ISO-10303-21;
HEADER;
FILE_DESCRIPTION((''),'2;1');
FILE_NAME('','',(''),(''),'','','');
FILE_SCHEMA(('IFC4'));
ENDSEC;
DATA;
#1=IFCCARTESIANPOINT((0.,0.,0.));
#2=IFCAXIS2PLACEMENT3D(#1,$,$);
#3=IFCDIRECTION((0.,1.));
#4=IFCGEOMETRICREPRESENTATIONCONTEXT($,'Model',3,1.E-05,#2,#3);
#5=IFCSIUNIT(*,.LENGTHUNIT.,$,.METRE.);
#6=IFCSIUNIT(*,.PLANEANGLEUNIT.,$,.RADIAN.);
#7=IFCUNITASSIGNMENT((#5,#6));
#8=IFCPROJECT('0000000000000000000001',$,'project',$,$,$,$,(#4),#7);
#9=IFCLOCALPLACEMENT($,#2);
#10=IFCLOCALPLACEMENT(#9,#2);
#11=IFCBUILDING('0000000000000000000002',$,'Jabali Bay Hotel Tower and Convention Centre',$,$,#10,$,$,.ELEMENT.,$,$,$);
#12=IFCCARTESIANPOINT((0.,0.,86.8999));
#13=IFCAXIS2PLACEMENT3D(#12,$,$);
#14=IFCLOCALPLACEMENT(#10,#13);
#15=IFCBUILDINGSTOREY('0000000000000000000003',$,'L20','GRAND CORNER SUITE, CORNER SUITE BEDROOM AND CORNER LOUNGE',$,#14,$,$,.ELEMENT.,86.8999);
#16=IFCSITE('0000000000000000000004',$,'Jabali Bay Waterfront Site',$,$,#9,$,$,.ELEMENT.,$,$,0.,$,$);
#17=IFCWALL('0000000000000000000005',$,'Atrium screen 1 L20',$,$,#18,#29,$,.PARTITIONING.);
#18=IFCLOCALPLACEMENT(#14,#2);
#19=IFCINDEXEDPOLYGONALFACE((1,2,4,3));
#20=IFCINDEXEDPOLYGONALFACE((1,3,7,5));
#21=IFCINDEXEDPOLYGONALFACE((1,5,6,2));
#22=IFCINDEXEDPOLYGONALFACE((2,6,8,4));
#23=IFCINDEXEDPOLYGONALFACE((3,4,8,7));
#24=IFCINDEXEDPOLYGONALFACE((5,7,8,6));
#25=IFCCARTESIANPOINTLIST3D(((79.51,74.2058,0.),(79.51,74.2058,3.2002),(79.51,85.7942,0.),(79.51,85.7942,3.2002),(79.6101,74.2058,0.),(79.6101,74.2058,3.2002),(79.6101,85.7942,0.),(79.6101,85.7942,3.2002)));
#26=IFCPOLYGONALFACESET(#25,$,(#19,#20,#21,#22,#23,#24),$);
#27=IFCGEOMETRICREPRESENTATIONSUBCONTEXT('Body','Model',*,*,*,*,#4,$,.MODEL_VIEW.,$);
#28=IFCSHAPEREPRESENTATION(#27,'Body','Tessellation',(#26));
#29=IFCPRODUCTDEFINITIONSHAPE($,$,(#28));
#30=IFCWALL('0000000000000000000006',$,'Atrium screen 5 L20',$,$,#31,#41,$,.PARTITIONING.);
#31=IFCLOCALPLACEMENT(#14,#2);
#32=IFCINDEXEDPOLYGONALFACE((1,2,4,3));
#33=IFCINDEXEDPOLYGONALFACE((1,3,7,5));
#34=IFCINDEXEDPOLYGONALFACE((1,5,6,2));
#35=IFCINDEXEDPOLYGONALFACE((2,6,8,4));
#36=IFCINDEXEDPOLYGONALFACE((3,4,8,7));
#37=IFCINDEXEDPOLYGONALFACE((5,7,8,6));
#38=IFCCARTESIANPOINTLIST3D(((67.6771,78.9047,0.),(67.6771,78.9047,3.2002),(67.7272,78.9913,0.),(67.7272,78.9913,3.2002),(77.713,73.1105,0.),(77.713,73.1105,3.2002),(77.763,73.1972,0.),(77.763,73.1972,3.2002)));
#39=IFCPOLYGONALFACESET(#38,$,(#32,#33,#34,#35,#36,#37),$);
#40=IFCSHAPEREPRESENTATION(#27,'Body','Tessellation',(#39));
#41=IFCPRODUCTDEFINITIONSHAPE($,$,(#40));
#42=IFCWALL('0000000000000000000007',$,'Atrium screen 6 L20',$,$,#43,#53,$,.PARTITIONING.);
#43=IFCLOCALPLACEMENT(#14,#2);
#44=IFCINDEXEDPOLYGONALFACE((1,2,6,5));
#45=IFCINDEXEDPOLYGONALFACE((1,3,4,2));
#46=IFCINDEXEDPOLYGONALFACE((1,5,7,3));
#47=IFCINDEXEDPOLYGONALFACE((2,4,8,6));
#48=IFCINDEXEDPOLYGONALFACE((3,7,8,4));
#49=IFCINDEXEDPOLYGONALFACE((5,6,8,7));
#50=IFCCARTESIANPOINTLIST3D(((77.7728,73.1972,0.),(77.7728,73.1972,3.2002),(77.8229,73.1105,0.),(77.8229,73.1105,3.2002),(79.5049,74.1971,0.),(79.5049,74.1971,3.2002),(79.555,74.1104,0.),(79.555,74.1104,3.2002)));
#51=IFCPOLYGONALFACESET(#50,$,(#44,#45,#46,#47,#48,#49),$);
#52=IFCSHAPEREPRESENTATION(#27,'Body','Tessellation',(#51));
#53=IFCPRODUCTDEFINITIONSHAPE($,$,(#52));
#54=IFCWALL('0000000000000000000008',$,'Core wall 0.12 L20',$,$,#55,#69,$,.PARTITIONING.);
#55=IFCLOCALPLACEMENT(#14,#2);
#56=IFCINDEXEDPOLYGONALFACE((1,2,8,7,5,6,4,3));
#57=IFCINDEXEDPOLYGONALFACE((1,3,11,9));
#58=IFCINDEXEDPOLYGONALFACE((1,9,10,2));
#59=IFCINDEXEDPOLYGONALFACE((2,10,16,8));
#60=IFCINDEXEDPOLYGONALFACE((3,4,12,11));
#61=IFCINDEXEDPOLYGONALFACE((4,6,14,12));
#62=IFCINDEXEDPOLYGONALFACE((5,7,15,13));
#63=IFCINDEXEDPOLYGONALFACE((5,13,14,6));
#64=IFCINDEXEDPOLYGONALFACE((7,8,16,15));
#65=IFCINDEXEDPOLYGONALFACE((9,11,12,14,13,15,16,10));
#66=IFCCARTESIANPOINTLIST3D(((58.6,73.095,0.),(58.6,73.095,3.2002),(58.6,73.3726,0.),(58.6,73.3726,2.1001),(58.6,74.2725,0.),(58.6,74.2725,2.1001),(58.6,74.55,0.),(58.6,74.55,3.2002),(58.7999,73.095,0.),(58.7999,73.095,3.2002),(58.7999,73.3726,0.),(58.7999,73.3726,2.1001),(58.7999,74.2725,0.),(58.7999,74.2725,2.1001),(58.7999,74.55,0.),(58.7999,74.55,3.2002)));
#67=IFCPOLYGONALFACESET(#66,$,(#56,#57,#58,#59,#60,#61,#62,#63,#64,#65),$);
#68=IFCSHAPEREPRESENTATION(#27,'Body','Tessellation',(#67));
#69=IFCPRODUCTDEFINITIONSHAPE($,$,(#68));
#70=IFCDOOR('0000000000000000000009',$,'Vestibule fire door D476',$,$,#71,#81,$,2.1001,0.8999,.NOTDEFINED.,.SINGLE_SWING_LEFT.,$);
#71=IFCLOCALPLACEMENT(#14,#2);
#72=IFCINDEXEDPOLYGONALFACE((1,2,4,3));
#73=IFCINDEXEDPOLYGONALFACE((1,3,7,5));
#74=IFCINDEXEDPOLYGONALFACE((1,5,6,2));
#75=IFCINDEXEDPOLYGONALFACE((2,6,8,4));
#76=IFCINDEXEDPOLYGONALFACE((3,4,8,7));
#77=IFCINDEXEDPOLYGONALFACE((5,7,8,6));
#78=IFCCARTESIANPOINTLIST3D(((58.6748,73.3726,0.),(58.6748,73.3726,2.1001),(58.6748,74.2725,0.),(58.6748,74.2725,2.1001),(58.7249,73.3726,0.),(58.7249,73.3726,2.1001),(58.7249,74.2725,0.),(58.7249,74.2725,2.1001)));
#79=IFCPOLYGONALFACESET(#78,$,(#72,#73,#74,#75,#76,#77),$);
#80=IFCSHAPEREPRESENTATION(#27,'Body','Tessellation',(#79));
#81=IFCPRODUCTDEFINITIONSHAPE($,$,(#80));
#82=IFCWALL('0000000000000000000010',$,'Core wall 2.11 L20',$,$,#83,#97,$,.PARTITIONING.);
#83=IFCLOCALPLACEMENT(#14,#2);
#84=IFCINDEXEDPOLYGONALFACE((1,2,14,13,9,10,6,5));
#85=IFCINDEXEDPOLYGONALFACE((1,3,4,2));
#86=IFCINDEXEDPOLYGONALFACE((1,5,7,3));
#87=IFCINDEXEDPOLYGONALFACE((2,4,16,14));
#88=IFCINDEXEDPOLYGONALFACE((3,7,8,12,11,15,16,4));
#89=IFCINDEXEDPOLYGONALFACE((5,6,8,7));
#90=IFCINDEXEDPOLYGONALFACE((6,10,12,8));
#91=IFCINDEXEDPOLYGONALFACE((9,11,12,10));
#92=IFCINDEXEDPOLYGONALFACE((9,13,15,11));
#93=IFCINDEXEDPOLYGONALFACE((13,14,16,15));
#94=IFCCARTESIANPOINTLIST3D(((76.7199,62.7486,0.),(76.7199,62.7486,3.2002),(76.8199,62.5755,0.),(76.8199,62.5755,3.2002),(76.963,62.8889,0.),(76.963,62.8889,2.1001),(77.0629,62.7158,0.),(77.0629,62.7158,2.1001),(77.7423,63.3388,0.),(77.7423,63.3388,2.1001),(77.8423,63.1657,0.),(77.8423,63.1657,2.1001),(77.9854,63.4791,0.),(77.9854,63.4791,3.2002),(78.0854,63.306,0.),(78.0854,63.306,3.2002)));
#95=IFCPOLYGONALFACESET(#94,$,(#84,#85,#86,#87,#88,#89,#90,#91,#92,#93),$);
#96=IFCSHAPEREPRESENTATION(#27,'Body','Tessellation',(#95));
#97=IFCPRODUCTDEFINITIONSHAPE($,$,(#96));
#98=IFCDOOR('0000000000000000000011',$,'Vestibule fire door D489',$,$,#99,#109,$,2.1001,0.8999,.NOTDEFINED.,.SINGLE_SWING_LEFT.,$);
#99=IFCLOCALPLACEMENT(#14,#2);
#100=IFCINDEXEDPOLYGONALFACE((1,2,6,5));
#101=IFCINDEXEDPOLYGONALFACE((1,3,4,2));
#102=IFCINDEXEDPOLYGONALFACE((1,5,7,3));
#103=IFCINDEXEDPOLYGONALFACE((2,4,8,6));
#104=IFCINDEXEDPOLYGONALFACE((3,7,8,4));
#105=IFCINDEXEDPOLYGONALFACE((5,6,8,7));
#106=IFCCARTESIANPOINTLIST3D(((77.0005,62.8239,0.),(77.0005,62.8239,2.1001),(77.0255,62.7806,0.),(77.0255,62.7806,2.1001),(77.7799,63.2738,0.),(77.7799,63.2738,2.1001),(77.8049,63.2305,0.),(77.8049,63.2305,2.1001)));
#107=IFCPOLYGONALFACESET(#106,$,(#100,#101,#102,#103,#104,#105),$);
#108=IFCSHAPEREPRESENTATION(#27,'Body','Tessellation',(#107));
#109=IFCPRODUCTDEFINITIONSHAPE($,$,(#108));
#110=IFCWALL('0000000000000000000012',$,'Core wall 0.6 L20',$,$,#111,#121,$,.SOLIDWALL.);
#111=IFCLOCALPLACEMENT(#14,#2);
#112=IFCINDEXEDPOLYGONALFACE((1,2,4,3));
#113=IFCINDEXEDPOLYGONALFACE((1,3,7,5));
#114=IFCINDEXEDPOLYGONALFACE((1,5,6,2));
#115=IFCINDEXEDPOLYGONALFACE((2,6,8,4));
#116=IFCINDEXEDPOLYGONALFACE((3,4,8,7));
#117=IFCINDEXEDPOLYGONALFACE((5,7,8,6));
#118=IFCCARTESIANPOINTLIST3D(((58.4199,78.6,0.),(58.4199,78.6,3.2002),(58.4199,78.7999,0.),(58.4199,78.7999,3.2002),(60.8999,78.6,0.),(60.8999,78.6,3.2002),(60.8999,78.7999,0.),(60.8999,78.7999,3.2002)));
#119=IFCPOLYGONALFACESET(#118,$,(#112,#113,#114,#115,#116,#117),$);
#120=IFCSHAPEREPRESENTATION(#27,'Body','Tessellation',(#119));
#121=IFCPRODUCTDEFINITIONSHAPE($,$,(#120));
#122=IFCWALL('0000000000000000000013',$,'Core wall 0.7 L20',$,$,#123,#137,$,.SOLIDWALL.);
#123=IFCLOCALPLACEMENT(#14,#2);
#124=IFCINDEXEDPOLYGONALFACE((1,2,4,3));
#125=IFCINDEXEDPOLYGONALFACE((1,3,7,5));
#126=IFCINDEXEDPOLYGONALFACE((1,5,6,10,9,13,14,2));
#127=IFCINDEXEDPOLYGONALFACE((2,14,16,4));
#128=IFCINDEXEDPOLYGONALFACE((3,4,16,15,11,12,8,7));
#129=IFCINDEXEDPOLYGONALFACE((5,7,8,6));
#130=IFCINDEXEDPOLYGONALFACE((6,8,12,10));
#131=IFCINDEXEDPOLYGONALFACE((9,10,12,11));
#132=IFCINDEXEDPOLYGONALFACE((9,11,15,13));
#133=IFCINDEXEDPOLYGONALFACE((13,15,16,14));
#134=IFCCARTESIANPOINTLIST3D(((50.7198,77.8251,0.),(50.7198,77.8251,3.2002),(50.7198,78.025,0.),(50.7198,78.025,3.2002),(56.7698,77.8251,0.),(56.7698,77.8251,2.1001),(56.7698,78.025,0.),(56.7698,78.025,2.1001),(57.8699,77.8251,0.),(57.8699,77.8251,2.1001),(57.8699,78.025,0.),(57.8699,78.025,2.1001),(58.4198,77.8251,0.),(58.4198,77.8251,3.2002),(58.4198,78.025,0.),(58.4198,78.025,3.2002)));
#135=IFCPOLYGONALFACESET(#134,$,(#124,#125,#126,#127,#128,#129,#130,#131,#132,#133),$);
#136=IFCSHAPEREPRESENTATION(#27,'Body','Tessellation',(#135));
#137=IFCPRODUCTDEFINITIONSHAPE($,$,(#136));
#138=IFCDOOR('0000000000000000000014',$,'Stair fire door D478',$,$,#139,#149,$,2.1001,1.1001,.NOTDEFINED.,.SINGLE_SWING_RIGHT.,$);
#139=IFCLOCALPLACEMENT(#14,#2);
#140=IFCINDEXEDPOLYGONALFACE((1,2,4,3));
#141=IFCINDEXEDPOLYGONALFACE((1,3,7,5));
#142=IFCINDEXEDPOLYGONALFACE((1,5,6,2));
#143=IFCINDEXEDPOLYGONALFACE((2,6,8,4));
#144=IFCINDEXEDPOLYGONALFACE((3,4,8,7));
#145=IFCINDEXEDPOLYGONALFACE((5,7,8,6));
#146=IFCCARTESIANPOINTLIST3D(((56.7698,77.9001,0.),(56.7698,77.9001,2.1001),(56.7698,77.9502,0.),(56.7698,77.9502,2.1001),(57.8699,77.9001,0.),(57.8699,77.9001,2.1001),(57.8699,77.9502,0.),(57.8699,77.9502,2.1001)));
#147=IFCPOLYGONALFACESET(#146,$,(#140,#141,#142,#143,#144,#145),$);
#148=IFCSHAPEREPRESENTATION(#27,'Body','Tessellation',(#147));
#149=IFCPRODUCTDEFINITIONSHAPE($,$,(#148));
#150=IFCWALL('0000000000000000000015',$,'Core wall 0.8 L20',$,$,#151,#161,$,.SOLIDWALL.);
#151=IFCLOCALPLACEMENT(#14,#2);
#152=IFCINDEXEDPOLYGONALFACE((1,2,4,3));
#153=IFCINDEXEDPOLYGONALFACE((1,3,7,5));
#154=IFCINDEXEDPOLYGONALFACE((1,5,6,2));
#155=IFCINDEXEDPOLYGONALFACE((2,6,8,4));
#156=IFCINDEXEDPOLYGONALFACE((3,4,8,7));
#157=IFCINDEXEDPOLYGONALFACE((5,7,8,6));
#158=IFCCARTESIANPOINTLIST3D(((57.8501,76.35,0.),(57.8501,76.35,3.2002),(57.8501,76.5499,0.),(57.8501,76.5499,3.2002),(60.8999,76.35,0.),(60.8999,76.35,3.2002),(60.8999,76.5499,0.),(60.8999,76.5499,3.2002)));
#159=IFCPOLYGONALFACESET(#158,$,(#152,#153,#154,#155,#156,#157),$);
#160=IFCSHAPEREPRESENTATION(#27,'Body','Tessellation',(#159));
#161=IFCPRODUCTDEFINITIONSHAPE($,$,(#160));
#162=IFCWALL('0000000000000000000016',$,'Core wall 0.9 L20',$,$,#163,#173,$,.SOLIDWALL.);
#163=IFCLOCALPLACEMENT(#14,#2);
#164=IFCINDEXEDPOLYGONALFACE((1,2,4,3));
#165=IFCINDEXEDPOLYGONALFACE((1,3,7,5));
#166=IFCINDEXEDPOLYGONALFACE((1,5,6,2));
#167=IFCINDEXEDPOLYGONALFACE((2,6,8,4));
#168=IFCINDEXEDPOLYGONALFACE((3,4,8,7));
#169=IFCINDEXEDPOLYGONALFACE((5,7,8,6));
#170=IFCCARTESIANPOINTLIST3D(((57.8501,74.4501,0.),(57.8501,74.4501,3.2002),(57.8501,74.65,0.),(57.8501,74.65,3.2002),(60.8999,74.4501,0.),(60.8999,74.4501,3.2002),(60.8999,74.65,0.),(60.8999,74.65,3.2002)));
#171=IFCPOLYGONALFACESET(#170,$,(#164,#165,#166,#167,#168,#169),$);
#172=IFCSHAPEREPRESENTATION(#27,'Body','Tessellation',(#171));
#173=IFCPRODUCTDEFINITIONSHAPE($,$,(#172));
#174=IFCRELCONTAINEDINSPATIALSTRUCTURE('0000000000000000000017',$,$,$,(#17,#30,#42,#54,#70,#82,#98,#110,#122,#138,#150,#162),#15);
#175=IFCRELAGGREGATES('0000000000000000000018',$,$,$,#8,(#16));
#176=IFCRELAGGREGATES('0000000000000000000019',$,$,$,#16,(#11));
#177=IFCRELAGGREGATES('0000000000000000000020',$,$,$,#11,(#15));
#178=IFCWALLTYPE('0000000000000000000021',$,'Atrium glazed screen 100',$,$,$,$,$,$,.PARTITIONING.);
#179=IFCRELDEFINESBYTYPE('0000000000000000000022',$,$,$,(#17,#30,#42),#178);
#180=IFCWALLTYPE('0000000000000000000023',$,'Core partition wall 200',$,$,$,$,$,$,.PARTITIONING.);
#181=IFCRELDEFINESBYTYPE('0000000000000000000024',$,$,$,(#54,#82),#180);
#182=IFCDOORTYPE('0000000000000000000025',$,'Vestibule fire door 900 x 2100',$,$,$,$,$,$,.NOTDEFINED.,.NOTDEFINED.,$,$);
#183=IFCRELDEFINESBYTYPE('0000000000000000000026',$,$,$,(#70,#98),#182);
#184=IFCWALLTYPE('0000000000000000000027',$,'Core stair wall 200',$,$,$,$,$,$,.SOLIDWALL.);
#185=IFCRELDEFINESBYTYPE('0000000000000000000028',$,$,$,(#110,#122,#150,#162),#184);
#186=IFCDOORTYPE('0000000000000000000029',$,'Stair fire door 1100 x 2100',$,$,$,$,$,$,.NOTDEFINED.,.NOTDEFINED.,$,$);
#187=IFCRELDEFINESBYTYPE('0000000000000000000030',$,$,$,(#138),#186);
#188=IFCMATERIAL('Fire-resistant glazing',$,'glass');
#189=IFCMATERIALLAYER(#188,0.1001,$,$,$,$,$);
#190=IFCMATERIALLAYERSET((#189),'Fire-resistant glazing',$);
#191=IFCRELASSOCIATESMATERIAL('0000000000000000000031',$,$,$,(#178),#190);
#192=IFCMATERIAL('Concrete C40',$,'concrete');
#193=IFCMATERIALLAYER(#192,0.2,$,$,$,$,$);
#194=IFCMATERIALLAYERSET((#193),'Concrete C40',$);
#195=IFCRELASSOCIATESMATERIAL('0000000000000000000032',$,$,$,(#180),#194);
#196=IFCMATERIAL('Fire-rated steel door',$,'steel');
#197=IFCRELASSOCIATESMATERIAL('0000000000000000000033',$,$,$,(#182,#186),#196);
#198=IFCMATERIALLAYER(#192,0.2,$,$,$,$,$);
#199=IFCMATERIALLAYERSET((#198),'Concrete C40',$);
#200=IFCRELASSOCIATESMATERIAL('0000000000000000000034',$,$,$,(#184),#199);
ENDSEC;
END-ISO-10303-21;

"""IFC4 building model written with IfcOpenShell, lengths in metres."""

from ifc_helpers import new_model, si_unit, direction, frame, frame_2d, origin, place, context, subcontext, project, spatial, rectangle, extrude, material, layer, layer_set, type_object, element, fill, save


model = new_model("IFC4")

# Units and contexts
model_context = context("Model", 3, precision=1e-05, world=origin(), true_north=direction((0.0, 1.0)))
body_context = subcontext(model_context, "Body", "Model", "MODEL_VIEW")
ifc_project = project(units=[si_unit("LENGTHUNIT", "METRE"), si_unit("PLANEANGLEUNIT", "RADIAN")], contexts=[model_context])

# Site, building, storey
site_placement = place(None, origin())
site = spatial("IfcSite", under=ifc_project, at=site_placement, Name="Jabali Bay Waterfront Site", CompositionType="ELEMENT", RefElevation=0.0)
building_placement = place(site_placement, origin())
building = spatial("IfcBuilding", under=site, at=building_placement, Name="Jabali Bay Hotel Tower and Convention Centre", CompositionType="ELEMENT")
storey_placement = place(building_placement, frame((0.0, 0.0, 86.8999)))
storey = spatial("IfcBuildingStorey", under=building, at=storey_placement, Name="L20", Description="GRAND CORNER SUITE, CORNER SUITE BEDROOM AND CORNER LOUNGE", CompositionType="ELEMENT", Elevation=86.8999)

# Walls
ifc_material_1 = material(Name="Fire-resistant glazing", Category="glass")
ifc_layer_1 = layer(ifc_material_1, 0.1001)
ifc_layer_set_1 = layer_set([ifc_layer_1], Name="Fire-resistant glazing")
wall_type_1 = type_object("IfcWallType", Name="Atrium glazed screen 100", PredefinedType="PARTITIONING", material=ifc_layer_set_1)
for number, where, z_axis, x_axis, name in (
    (1, (79.5601, 74.2058, 0.0), (0.0, 0.0, 1.0), (0.0, 1.0, 0.0), "Atrium screen 1 L20"),
    (2, (67.7021, 78.948, 0.0), (0.0, 0.0, 1.0), (0.866027, -0.499998, 0.0), "Atrium screen 5 L20"),
):
    element("IfcWall", number, at=place(storey_placement, frame(where, z_axis=z_axis, x_axis=x_axis)), inside=storey, type_object=wall_type_1, Name=name, PredefinedType="PARTITIONING", context=body_context, shape_type="SweptSolid", body=[
        extrude(rectangle(XDim=11.5884, YDim=0.1001, at=frame_2d((5.7942, 0.0))), origin(), (0.0, 0.0, 1.0), 3.2002),
    ])
wall_1_placement = place(storey_placement, frame((77.7979, 73.1538, 0.0), z_axis=(0.0, 0.0, 1.0), x_axis=(0.866041, 0.499973, 0.0)))
element("IfcWall", 3, at=wall_1_placement, inside=storey, type_object=wall_type_1, Name="Atrium screen 6 L20", PredefinedType="PARTITIONING", context=body_context, shape_type="SweptSolid", body=[
    extrude(rectangle(XDim=2.0, YDim=0.1001, at=frame_2d((1.0, 0.0))), origin(), (0.0, 0.0, 1.0), 3.2002),
])

# Walls, openings, doors
ifc_material_2 = material(Name="Concrete C40", Category="concrete")
ifc_layer_2 = layer(ifc_material_2, 0.2)
ifc_layer_set_2 = layer_set([ifc_layer_2], Name="Concrete C40")
wall_type_2 = type_object("IfcWallType", Name="Core partition wall 200", PredefinedType="PARTITIONING", material=ifc_layer_set_2)
wall_2_placement = place(storey_placement, frame((58.7, 74.55, 0.0), z_axis=(0.0, 0.0, 1.0), x_axis=(0.0, -1.0, 0.0)))
wall_2 = element("IfcWall", 4, at=wall_2_placement, inside=storey, type_object=wall_type_2, Name="Core wall 0.12 L20", PredefinedType="PARTITIONING", context=body_context, shape_type="SweptSolid", body=[
    extrude(rectangle(XDim=1.4551, YDim=0.2, at=frame_2d((0.7275, 0.0))), origin(), (0.0, 0.0, 1.0), 3.2002),
])
opening_1_placement = place(wall_2_placement, frame((0.2776, 0.0, 0.0)))
opening_1 = element("IfcOpeningElement", 5, at=opening_1_placement, cuts=wall_2, PredefinedType="OPENING", context=body_context, shape_type="SweptSolid", body=[
    extrude(rectangle(XDim=0.8999, YDim=2.1001, at=frame_2d((0.45, 1.05))), frame((0.0, 0.1104, 0.0), z_axis=(0.0, -1.0, 0.0), x_axis=(1.0, 0.0, 0.0)), (0.0, 0.0, 1.0), 0.2209),
])
ifc_material_3 = material(Name="Fire-rated steel door", Category="steel")
door_type_1 = type_object("IfcDoorType", Name="Vestibule fire door 900 x 2100", OperationType="NOTDEFINED", PredefinedType="NOTDEFINED", material=ifc_material_3)
door_1_placement = place(opening_1_placement, origin())
door_1 = element("IfcDoor", 6, at=door_1_placement, inside=storey, type_object=door_type_1, Name="Vestibule fire door D476", OperationType="SINGLE_SWING_LEFT", OverallHeight=2.1001, OverallWidth=0.8999, PredefinedType="NOTDEFINED", context=body_context, shape_type="SweptSolid", body=[
    extrude(rectangle(XDim=0.8999, YDim=2.1001, at=frame_2d((0.45, 1.05))), frame((0.0, 0.0249, 0.0), z_axis=(0.0, -1.0, 0.0), x_axis=(1.0, 0.0, 0.0)), (0.0, 0.0, 1.0), 0.05),
])
fill(opening_1, door_1)
wall_3_placement = place(storey_placement, frame((76.77, 62.6621, 0.0), z_axis=(0.0, 0.0, 1.0), x_axis=(0.866055, 0.499949, 0.0)))
wall_3 = element("IfcWall", 7, at=wall_3_placement, inside=storey, type_object=wall_type_2, Name="Core wall 2.11 L20", PredefinedType="PARTITIONING", context=body_context, shape_type="SweptSolid", body=[
    extrude(rectangle(XDim=1.4612, YDim=0.2, at=frame_2d((0.7305, 0.0))), origin(), (0.0, 0.0, 1.0), 3.2002),
])
opening_2_placement = place(wall_3_placement, frame((0.2805, 0.0, 0.0)))
opening_2 = element("IfcOpeningElement", 8, at=opening_2_placement, cuts=wall_3, PredefinedType="OPENING", context=body_context, shape_type="SweptSolid", body=[
    extrude(rectangle(XDim=0.8999, YDim=2.1001, at=frame_2d((0.45, 1.05))), frame((0.0, 0.1104, 0.0), z_axis=(0.0, -1.0, 0.0), x_axis=(1.0, 0.0, 0.0)), (0.0, 0.0, 1.0), 0.2209),
])
door_2_placement = place(opening_2_placement, origin())
door_2 = element("IfcDoor", 9, at=door_2_placement, inside=storey, type_object=door_type_1, Name="Vestibule fire door D489", OperationType="SINGLE_SWING_LEFT", OverallHeight=2.1001, OverallWidth=0.8999, PredefinedType="NOTDEFINED", context=body_context, shape_type="SweptSolid", body=[
    extrude(rectangle(XDim=0.8999, YDim=2.1001, at=frame_2d((0.45, 1.05))), frame((0.0, 0.0249, 0.0), z_axis=(0.0, -1.0, 0.0), x_axis=(1.0, 0.0, 0.0)), (0.0, 0.0, 1.0), 0.05),
])
fill(opening_2, door_2)

# Wall
ifc_layer_3 = layer(ifc_material_2, 0.2)
ifc_layer_set_3 = layer_set([ifc_layer_3], Name="Concrete C40")
wall_type_3 = type_object("IfcWallType", Name="Core stair wall 200", PredefinedType="SOLIDWALL", material=ifc_layer_set_3)
wall_4_placement = place(storey_placement, frame((60.8999, 78.7, 0.0), z_axis=(0.0, 0.0, 1.0), x_axis=(-1.0, 0.0, 0.0)))
element("IfcWall", 10, at=wall_4_placement, inside=storey, type_object=wall_type_3, Name="Core wall 0.6 L20", PredefinedType="SOLIDWALL", context=body_context, shape_type="SweptSolid", body=[
    extrude(rectangle(XDim=2.48, YDim=0.2, at=frame_2d((1.24, 0.0))), origin(), (0.0, 0.0, 1.0), 3.2002),
])

# Wall, opening, door
wall_5_placement = place(storey_placement, frame((58.4199, 77.925, 0.0), z_axis=(0.0, 0.0, 1.0), x_axis=(-1.0, 0.0, 0.0)))
wall_5 = element("IfcWall", 11, at=wall_5_placement, inside=storey, type_object=wall_type_3, Name="Core wall 0.7 L20", PredefinedType="SOLIDWALL", context=body_context, shape_type="SweptSolid", body=[
    extrude(rectangle(XDim=7.7, YDim=0.2, at=frame_2d((3.8501, 0.0))), origin(), (0.0, 0.0, 1.0), 3.2002),
])
opening_3_placement = place(wall_5_placement, frame((0.55, 0.0, 0.0)))
opening_3 = element("IfcOpeningElement", 12, at=opening_3_placement, cuts=wall_5, PredefinedType="OPENING", context=body_context, shape_type="SweptSolid", body=[
    extrude(rectangle(XDim=1.1001, YDim=2.1001, at=frame_2d((0.55, 1.05))), frame((0.0, 0.1104, 0.0), z_axis=(0.0, -1.0, 0.0), x_axis=(1.0, 0.0, 0.0)), (0.0, 0.0, 1.0), 0.2209),
])
door_type_2 = type_object("IfcDoorType", Name="Stair fire door 1100 x 2100", OperationType="NOTDEFINED", PredefinedType="NOTDEFINED", material=ifc_material_3)
door_3_placement = place(opening_3_placement, origin())
door_3 = element("IfcDoor", 13, at=door_3_placement, inside=storey, type_object=door_type_2, Name="Stair fire door D478", OperationType="SINGLE_SWING_RIGHT", OverallHeight=2.1001, OverallWidth=1.1001, PredefinedType="NOTDEFINED", context=body_context, shape_type="SweptSolid", body=[
    extrude(rectangle(XDim=1.1001, YDim=2.1001, at=frame_2d((0.55, 1.05))), frame((0.0, 0.0249, 0.0), z_axis=(0.0, -1.0, 0.0), x_axis=(1.0, 0.0, 0.0)), (0.0, 0.0, 1.0), 0.05),
])
fill(opening_3, door_3)

# Walls
for number, where, z_axis, x_axis, name in (
    (14, (60.8999, 76.45, 0.0), (0.0, 0.0, 1.0), (-1.0, 0.0, 0.0), "Core wall 0.8 L20"),
    (15, (60.8999, 74.55, 0.0), (0.0, 0.0, 1.0), (-1.0, 0.0, 0.0), "Core wall 0.9 L20"),
):
    element("IfcWall", number, at=place(storey_placement, frame(where, z_axis=z_axis, x_axis=x_axis)), inside=storey, type_object=wall_type_3, Name=name, PredefinedType="SOLIDWALL", context=body_context, shape_type="SweptSolid", body=[
        extrude(rectangle(XDim=3.0498, YDim=0.2, at=frame_2d((1.5249, 0.0))), origin(), (0.0, 0.0, 1.0), 3.2002),
    ])

save(model, "model.ifc")
